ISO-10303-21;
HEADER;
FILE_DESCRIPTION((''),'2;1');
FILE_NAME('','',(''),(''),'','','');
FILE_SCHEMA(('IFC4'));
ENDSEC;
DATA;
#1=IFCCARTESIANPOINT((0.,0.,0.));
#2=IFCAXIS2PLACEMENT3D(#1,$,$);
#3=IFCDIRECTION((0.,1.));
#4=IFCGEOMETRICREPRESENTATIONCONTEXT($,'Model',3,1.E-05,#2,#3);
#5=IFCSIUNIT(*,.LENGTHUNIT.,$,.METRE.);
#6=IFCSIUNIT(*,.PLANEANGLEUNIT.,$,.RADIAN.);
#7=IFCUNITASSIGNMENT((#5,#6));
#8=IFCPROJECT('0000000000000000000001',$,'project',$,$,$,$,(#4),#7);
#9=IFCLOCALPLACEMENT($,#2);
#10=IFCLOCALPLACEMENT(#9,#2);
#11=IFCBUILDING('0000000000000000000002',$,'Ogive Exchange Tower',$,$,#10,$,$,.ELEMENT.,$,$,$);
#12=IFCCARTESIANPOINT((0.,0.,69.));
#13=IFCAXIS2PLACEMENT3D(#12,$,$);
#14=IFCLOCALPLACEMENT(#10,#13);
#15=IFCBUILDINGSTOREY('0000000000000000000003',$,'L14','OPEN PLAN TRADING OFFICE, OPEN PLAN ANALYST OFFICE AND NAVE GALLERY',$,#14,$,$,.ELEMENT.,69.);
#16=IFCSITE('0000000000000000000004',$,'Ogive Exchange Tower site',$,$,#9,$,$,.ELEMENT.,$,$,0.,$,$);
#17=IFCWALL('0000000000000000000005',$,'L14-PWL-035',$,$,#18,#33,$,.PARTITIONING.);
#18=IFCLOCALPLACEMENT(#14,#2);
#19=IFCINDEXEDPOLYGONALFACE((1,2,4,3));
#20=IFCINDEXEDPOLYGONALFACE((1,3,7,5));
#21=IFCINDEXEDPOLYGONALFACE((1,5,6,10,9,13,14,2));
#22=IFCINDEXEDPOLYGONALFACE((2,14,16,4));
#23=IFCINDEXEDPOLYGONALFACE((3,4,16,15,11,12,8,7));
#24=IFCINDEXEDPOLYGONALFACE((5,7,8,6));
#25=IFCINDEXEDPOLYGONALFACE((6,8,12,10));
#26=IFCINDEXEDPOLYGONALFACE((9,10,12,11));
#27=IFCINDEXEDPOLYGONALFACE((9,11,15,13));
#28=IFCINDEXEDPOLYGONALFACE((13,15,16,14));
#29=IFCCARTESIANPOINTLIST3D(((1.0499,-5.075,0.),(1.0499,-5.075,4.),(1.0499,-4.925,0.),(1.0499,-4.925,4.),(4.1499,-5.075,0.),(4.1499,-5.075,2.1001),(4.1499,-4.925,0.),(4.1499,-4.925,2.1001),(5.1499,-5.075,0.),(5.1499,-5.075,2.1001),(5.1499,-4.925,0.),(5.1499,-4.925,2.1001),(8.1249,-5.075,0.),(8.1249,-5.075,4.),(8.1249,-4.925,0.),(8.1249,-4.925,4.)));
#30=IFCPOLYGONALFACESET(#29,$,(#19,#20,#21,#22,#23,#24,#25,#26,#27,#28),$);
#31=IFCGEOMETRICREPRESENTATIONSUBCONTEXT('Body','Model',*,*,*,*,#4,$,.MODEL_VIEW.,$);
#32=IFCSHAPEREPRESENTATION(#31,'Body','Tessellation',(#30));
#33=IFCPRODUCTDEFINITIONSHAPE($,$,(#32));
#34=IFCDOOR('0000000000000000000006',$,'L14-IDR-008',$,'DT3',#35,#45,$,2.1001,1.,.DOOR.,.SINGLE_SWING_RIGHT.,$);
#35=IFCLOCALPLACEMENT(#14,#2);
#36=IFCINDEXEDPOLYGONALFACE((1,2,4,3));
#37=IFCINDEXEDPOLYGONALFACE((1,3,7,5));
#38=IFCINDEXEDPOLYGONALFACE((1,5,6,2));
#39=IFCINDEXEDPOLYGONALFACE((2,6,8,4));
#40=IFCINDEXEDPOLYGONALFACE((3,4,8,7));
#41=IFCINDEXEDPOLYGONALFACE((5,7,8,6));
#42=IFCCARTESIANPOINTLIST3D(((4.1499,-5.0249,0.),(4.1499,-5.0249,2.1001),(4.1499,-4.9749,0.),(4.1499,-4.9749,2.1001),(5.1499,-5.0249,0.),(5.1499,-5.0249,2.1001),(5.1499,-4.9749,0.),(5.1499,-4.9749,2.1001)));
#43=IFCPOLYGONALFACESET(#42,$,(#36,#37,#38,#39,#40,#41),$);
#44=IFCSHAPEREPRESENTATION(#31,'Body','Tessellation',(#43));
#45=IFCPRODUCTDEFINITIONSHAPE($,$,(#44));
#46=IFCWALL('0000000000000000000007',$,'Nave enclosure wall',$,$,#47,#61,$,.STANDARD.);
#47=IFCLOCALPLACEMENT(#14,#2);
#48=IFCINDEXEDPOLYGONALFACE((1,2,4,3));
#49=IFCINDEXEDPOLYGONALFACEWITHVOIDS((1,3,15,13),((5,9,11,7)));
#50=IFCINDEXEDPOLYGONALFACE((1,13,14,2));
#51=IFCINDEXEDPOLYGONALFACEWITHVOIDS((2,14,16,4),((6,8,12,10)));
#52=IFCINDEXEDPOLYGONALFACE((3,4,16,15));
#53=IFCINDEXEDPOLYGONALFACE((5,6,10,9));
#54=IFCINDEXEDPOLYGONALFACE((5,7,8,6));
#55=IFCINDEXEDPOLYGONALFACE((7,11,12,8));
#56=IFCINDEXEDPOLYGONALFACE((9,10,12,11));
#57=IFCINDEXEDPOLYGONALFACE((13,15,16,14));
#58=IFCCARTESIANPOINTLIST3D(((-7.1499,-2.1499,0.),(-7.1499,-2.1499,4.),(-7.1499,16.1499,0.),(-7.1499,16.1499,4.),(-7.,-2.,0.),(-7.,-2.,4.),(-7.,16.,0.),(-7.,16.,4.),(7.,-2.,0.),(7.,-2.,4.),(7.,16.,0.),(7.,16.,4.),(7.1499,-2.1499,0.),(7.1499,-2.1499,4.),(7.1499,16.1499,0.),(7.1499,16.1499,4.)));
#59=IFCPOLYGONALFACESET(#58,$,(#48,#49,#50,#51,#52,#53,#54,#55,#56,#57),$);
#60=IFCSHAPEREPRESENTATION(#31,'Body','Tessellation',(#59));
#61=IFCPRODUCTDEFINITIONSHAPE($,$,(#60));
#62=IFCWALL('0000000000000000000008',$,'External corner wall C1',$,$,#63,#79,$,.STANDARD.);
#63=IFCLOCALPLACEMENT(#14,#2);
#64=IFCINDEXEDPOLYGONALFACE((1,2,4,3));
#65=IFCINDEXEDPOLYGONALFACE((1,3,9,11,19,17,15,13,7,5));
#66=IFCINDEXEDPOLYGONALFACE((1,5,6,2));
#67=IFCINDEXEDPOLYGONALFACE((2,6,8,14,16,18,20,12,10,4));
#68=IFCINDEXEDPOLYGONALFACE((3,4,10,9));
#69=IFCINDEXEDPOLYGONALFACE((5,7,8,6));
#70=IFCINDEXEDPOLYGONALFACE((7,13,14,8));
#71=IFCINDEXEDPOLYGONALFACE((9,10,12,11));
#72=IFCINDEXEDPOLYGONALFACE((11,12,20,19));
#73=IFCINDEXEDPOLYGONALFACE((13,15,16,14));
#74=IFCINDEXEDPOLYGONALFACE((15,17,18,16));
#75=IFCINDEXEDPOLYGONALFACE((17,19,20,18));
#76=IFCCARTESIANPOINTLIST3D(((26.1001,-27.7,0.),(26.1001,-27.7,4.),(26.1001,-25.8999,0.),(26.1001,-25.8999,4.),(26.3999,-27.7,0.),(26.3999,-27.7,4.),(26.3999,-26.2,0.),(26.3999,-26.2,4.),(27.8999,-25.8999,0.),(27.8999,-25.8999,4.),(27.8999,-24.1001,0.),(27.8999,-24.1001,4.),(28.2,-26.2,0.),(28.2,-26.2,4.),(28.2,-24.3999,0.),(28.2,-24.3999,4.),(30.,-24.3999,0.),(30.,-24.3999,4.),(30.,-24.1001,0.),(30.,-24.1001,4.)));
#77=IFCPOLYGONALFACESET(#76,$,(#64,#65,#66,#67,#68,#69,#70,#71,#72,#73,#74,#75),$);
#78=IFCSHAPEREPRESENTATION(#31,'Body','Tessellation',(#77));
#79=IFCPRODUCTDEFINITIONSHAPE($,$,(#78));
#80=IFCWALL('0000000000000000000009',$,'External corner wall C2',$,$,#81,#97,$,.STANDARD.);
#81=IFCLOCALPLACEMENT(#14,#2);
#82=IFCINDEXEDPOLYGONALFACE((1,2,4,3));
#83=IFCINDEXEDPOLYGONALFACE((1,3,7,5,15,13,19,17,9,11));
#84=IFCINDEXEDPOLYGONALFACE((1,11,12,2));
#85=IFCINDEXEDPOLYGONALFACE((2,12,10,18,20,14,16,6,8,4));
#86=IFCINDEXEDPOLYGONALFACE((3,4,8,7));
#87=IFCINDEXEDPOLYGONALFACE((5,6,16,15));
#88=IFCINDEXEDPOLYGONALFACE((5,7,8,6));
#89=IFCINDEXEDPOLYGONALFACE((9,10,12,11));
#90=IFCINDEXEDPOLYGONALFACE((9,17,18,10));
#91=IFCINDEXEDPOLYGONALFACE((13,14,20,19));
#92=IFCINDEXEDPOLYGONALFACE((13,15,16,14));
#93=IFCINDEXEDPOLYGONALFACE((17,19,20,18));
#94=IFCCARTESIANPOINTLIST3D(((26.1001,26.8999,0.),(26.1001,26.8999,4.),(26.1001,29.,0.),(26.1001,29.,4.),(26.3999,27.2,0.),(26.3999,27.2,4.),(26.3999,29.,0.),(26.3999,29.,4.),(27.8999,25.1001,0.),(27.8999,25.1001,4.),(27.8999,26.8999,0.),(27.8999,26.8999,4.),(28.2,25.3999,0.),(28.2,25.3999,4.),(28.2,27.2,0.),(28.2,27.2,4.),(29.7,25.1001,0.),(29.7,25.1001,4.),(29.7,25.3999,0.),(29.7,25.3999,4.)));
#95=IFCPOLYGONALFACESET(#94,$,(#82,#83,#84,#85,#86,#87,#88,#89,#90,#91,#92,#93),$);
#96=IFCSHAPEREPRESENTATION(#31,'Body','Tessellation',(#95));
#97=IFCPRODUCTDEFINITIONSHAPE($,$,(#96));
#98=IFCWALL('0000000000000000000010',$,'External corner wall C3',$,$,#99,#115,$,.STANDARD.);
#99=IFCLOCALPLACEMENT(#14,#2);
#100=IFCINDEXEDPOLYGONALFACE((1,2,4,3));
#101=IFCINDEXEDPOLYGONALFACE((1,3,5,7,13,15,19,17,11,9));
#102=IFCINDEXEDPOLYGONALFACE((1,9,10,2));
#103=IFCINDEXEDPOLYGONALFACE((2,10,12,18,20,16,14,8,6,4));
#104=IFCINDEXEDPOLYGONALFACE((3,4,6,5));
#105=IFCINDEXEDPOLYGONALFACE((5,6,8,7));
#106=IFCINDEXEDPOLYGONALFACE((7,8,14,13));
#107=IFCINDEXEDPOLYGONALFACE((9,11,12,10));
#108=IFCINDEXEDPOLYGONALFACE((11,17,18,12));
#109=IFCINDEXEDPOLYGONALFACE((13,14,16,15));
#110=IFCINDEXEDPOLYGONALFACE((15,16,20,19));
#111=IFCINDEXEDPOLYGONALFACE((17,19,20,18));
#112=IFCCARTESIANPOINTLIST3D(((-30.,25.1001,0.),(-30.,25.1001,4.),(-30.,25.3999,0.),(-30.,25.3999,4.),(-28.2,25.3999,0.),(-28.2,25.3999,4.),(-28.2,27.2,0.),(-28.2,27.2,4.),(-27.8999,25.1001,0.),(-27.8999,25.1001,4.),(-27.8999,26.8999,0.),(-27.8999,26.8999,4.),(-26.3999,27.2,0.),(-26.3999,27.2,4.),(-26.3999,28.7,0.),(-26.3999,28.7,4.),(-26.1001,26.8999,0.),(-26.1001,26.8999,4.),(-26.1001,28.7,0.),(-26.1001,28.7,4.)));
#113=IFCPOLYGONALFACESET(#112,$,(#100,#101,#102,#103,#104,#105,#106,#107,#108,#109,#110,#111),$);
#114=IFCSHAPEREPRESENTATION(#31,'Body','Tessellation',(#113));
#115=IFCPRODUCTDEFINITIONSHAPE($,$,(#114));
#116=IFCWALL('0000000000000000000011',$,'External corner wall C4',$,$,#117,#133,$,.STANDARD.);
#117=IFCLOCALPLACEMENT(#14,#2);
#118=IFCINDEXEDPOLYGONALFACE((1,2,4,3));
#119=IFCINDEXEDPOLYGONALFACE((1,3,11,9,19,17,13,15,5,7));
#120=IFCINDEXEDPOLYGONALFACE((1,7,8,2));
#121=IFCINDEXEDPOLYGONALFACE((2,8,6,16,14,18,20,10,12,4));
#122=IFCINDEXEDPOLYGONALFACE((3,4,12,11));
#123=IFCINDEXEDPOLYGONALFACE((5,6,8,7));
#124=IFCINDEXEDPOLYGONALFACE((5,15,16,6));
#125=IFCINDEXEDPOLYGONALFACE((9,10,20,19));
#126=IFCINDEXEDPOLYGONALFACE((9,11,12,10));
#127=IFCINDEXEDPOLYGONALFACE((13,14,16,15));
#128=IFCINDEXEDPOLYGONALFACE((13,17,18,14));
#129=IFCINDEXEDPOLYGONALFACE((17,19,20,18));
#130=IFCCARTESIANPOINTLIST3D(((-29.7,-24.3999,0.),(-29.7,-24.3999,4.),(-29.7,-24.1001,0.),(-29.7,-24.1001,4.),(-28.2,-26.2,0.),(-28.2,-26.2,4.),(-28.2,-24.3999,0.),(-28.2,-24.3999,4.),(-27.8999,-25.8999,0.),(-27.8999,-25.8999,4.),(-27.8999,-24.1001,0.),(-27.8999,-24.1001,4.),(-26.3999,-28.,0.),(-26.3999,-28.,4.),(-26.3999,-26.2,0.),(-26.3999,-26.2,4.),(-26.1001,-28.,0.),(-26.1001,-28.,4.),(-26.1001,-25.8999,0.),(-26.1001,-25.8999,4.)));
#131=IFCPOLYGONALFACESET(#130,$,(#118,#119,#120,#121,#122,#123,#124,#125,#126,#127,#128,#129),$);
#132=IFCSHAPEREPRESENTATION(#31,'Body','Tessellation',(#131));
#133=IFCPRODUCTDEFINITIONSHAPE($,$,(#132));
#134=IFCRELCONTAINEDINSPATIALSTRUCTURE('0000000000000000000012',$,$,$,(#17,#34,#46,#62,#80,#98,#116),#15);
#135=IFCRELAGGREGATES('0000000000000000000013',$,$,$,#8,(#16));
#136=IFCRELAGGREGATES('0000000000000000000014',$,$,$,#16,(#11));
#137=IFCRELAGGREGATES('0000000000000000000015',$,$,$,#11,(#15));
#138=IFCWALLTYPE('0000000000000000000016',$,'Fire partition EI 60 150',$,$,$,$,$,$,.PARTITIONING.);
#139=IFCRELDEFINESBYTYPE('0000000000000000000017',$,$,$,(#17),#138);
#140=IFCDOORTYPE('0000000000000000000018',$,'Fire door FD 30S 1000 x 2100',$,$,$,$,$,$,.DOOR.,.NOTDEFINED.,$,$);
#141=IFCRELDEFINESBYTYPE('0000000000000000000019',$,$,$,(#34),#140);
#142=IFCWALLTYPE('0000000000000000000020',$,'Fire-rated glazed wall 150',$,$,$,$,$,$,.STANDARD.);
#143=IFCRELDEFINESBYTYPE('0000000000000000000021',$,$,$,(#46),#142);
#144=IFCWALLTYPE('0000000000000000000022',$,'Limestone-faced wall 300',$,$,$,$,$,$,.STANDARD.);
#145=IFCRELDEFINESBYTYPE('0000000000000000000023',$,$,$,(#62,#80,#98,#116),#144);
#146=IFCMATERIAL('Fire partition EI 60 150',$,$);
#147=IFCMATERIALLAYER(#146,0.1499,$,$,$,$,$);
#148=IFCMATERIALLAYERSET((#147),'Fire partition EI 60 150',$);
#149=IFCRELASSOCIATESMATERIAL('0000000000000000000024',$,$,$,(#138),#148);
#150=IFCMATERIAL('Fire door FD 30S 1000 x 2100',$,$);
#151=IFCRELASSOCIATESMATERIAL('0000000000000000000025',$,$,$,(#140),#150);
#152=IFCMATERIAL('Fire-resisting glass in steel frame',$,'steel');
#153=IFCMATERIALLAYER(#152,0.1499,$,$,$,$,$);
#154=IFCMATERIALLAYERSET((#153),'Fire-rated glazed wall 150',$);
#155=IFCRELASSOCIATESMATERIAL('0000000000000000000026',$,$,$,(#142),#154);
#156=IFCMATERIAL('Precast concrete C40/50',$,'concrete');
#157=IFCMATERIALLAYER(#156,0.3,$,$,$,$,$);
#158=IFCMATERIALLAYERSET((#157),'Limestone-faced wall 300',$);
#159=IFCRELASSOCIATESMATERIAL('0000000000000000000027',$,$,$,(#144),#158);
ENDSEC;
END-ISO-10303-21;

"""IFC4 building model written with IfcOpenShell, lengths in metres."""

from ifc_helpers import new_model, si_unit, direction, frame, frame_2d, origin, place, context, subcontext, project, spatial, polyline, rectangle, outline, extrude, material, layer, layer_set, type_object, element, fill, save


model = new_model("IFC4")

# Units and contexts
model_context = context("Model", 3, precision=1e-05, world=origin(), true_north=direction((0.0, 1.0)))
body_context = subcontext(model_context, "Body", "Model", "MODEL_VIEW")
ifc_project = project(units=[si_unit("LENGTHUNIT", "METRE"), si_unit("PLANEANGLEUNIT", "RADIAN")], contexts=[model_context])

# Site, building, storey
site_placement = place(None, origin())
site = spatial("IfcSite", under=ifc_project, at=site_placement, Name="Ogive Exchange Tower site", CompositionType="ELEMENT", RefElevation=0.0)
building_placement = place(site_placement, origin())
building = spatial("IfcBuilding", under=site, at=building_placement, Name="Ogive Exchange Tower", CompositionType="ELEMENT")
storey_placement = place(building_placement, frame((0.0, 0.0, 69.0)))
storey = spatial("IfcBuildingStorey", under=building, at=storey_placement, Name="L14", Description="OPEN PLAN TRADING OFFICE, OPEN PLAN ANALYST OFFICE AND NAVE GALLERY", CompositionType="ELEMENT", Elevation=69.0)

# Shared definitions
ifc_material_1 = material(Name="Fire partition EI 60 150")
ifc_layer_1 = layer(ifc_material_1, 0.1499)
ifc_layer_set_1 = layer_set([ifc_layer_1], Name="Fire partition EI 60 150")
wall_type_1 = type_object("IfcWallType", Name="Fire partition EI 60 150", PredefinedType="PARTITIONING", material=ifc_layer_set_1)

# Wall, opening, door
wall_1_placement = place(storey_placement, frame((8.125, -5.0, 0.0), z_axis=(0.0, 0.0, 1.0), x_axis=(-1.0, 0.0, 0.0)))
wall_1 = element("IfcWall", 1, at=wall_1_placement, inside=storey, type_object=wall_type_1, Name="L14-PWL-035", PredefinedType="PARTITIONING", context=body_context, shape_type="SweptSolid", body=[
    extrude(rectangle(XDim=7.075, YDim=0.1499, at=frame_2d((3.5376, 0.0))), origin(), (0.0, 0.0, 1.0), 4.0),
])
opening_1_placement = place(wall_1_placement, frame((2.9751, 0.0, 0.0)))
opening_1 = element("IfcOpeningElement", 2, at=opening_1_placement, cuts=wall_1, PredefinedType="OPENING", context=body_context, shape_type="SweptSolid", body=[
    extrude(rectangle(XDim=1.0, YDim=2.1001, at=frame_2d((0.5, 1.05))), frame((0.0, 0.085, 0.0), z_axis=(0.0, -1.0, 0.0), x_axis=(1.0, 0.0, 0.0)), (0.0, 0.0, 1.0), 0.1699),
])
ifc_material_2 = material(Name="Fire door FD 30S 1000 x 2100")
door_type_1 = type_object("IfcDoorType", Name="Fire door FD 30S 1000 x 2100", OperationType="NOTDEFINED", PredefinedType="DOOR", material=ifc_material_2)
door_1_placement = place(opening_1_placement, origin())
door_1 = element("IfcDoor", 3, at=door_1_placement, inside=storey, type_object=door_type_1, Name="L14-IDR-008", ObjectType="DT3", OperationType="SINGLE_SWING_RIGHT", OverallHeight=2.1001, OverallWidth=1.0, PredefinedType="DOOR", context=body_context, shape_type="SweptSolid", body=[
    extrude(rectangle(XDim=1.0, YDim=2.1001, at=frame_2d((0.5, 1.05))), frame((0.0, 0.0249, 0.0), z_axis=(0.0, -1.0, 0.0), x_axis=(1.0, 0.0, 0.0)), (0.0, 0.0, 1.0), 0.05),
])
fill(opening_1, door_1)

# Walls
ifc_material_3 = material(Name="Fire-resisting glass in steel frame", Category="steel")
ifc_layer_2 = layer(ifc_material_3, 0.1499)
ifc_layer_set_2 = layer_set([ifc_layer_2], Name="Fire-rated glazed wall 150")
wall_type_2 = type_object("IfcWallType", Name="Fire-rated glazed wall 150", PredefinedType="STANDARD", material=ifc_layer_set_2)
wall_2_placement = place(storey_placement, origin())
element("IfcWall", 4, at=wall_2_placement, inside=storey, type_object=wall_type_2, Name="Nave enclosure wall", PredefinedType="STANDARD", context=body_context, shape_type="SweptSolid", body=[
    extrude(outline(polyline([(-7.1499, -2.1499), (7.1499, -2.1499), (7.1499, 16.1499), (-7.1499, 16.1499), (-7.1499, -2.1499)]), holes=[polyline([(-7.0, -2.0), (-7.0, 16.0), (7.0, 16.0), (7.0, -2.0), (-7.0, -2.0)])]), origin(), (0.0, 0.0, 1.0), 4.0),
])
ifc_material_4 = material(Name="Precast concrete C40/50", Category="concrete")
ifc_layer_3 = layer(ifc_material_4, 0.3)
ifc_layer_set_3 = layer_set([ifc_layer_3], Name="Limestone-faced wall 300")
wall_type_3 = type_object("IfcWallType", Name="Limestone-faced wall 300", PredefinedType="STANDARD", material=ifc_layer_set_3)
wall_3_placement = place(storey_placement, origin())
element("IfcWall", 5, at=wall_3_placement, inside=storey, type_object=wall_type_3, Name="External corner wall C1", PredefinedType="STANDARD", context=body_context, shape_type="SweptSolid", body=[
    extrude(outline(polyline([(27.8999, -25.8999), (27.8999, -24.1001), (30.0, -24.1001), (30.0, -24.3999), (28.2, -24.3999), (28.2, -26.2), (26.3999, -26.2), (26.3999, -27.7), (26.1001, -27.7), (26.1001, -25.8999), (27.8999, -25.8999)])), origin(), (0.0, 0.0, 1.0), 4.0),
])
wall_4_placement = place(storey_placement, origin())
element("IfcWall", 6, at=wall_4_placement, inside=storey, type_object=wall_type_3, Name="External corner wall C2", PredefinedType="STANDARD", context=body_context, shape_type="SweptSolid", body=[
    extrude(outline(polyline([(27.8999, 26.8999), (26.1001, 26.8999), (26.1001, 29.0), (26.3999, 29.0), (26.3999, 27.2), (28.2, 27.2), (28.2, 25.3999), (29.7, 25.3999), (29.7, 25.1001), (27.8999, 25.1001), (27.8999, 26.8999)])), origin(), (0.0, 0.0, 1.0), 4.0),
])
wall_5_placement = place(storey_placement, origin())
element("IfcWall", 7, at=wall_5_placement, inside=storey, type_object=wall_type_3, Name="External corner wall C3", PredefinedType="STANDARD", context=body_context, shape_type="SweptSolid", body=[
    extrude(outline(polyline([(-28.2, 25.3999), (-28.2, 27.2), (-26.3999, 27.2), (-26.3999, 28.7), (-26.1001, 28.7), (-26.1001, 26.8999), (-27.8999, 26.8999), (-27.8999, 25.1001), (-30.0, 25.1001), (-30.0, 25.3999), (-28.2, 25.3999)])), origin(), (0.0, 0.0, 1.0), 4.0),
])
wall_6_placement = place(storey_placement, origin())
element("IfcWall", 8, at=wall_6_placement, inside=storey, type_object=wall_type_3, Name="External corner wall C4", PredefinedType="STANDARD", context=body_context, shape_type="SweptSolid", body=[
    extrude(outline(polyline([(-26.3999, -26.2), (-28.2, -26.2), (-28.2, -24.3999), (-29.7, -24.3999), (-29.7, -24.1001), (-27.8999, -24.1001), (-27.8999, -25.8999), (-26.1001, -25.8999), (-26.1001, -28.0), (-26.3999, -28.0), (-26.3999, -26.2)])), origin(), (0.0, 0.0, 1.0), 4.0),
])

save(model, "model.ifc")
